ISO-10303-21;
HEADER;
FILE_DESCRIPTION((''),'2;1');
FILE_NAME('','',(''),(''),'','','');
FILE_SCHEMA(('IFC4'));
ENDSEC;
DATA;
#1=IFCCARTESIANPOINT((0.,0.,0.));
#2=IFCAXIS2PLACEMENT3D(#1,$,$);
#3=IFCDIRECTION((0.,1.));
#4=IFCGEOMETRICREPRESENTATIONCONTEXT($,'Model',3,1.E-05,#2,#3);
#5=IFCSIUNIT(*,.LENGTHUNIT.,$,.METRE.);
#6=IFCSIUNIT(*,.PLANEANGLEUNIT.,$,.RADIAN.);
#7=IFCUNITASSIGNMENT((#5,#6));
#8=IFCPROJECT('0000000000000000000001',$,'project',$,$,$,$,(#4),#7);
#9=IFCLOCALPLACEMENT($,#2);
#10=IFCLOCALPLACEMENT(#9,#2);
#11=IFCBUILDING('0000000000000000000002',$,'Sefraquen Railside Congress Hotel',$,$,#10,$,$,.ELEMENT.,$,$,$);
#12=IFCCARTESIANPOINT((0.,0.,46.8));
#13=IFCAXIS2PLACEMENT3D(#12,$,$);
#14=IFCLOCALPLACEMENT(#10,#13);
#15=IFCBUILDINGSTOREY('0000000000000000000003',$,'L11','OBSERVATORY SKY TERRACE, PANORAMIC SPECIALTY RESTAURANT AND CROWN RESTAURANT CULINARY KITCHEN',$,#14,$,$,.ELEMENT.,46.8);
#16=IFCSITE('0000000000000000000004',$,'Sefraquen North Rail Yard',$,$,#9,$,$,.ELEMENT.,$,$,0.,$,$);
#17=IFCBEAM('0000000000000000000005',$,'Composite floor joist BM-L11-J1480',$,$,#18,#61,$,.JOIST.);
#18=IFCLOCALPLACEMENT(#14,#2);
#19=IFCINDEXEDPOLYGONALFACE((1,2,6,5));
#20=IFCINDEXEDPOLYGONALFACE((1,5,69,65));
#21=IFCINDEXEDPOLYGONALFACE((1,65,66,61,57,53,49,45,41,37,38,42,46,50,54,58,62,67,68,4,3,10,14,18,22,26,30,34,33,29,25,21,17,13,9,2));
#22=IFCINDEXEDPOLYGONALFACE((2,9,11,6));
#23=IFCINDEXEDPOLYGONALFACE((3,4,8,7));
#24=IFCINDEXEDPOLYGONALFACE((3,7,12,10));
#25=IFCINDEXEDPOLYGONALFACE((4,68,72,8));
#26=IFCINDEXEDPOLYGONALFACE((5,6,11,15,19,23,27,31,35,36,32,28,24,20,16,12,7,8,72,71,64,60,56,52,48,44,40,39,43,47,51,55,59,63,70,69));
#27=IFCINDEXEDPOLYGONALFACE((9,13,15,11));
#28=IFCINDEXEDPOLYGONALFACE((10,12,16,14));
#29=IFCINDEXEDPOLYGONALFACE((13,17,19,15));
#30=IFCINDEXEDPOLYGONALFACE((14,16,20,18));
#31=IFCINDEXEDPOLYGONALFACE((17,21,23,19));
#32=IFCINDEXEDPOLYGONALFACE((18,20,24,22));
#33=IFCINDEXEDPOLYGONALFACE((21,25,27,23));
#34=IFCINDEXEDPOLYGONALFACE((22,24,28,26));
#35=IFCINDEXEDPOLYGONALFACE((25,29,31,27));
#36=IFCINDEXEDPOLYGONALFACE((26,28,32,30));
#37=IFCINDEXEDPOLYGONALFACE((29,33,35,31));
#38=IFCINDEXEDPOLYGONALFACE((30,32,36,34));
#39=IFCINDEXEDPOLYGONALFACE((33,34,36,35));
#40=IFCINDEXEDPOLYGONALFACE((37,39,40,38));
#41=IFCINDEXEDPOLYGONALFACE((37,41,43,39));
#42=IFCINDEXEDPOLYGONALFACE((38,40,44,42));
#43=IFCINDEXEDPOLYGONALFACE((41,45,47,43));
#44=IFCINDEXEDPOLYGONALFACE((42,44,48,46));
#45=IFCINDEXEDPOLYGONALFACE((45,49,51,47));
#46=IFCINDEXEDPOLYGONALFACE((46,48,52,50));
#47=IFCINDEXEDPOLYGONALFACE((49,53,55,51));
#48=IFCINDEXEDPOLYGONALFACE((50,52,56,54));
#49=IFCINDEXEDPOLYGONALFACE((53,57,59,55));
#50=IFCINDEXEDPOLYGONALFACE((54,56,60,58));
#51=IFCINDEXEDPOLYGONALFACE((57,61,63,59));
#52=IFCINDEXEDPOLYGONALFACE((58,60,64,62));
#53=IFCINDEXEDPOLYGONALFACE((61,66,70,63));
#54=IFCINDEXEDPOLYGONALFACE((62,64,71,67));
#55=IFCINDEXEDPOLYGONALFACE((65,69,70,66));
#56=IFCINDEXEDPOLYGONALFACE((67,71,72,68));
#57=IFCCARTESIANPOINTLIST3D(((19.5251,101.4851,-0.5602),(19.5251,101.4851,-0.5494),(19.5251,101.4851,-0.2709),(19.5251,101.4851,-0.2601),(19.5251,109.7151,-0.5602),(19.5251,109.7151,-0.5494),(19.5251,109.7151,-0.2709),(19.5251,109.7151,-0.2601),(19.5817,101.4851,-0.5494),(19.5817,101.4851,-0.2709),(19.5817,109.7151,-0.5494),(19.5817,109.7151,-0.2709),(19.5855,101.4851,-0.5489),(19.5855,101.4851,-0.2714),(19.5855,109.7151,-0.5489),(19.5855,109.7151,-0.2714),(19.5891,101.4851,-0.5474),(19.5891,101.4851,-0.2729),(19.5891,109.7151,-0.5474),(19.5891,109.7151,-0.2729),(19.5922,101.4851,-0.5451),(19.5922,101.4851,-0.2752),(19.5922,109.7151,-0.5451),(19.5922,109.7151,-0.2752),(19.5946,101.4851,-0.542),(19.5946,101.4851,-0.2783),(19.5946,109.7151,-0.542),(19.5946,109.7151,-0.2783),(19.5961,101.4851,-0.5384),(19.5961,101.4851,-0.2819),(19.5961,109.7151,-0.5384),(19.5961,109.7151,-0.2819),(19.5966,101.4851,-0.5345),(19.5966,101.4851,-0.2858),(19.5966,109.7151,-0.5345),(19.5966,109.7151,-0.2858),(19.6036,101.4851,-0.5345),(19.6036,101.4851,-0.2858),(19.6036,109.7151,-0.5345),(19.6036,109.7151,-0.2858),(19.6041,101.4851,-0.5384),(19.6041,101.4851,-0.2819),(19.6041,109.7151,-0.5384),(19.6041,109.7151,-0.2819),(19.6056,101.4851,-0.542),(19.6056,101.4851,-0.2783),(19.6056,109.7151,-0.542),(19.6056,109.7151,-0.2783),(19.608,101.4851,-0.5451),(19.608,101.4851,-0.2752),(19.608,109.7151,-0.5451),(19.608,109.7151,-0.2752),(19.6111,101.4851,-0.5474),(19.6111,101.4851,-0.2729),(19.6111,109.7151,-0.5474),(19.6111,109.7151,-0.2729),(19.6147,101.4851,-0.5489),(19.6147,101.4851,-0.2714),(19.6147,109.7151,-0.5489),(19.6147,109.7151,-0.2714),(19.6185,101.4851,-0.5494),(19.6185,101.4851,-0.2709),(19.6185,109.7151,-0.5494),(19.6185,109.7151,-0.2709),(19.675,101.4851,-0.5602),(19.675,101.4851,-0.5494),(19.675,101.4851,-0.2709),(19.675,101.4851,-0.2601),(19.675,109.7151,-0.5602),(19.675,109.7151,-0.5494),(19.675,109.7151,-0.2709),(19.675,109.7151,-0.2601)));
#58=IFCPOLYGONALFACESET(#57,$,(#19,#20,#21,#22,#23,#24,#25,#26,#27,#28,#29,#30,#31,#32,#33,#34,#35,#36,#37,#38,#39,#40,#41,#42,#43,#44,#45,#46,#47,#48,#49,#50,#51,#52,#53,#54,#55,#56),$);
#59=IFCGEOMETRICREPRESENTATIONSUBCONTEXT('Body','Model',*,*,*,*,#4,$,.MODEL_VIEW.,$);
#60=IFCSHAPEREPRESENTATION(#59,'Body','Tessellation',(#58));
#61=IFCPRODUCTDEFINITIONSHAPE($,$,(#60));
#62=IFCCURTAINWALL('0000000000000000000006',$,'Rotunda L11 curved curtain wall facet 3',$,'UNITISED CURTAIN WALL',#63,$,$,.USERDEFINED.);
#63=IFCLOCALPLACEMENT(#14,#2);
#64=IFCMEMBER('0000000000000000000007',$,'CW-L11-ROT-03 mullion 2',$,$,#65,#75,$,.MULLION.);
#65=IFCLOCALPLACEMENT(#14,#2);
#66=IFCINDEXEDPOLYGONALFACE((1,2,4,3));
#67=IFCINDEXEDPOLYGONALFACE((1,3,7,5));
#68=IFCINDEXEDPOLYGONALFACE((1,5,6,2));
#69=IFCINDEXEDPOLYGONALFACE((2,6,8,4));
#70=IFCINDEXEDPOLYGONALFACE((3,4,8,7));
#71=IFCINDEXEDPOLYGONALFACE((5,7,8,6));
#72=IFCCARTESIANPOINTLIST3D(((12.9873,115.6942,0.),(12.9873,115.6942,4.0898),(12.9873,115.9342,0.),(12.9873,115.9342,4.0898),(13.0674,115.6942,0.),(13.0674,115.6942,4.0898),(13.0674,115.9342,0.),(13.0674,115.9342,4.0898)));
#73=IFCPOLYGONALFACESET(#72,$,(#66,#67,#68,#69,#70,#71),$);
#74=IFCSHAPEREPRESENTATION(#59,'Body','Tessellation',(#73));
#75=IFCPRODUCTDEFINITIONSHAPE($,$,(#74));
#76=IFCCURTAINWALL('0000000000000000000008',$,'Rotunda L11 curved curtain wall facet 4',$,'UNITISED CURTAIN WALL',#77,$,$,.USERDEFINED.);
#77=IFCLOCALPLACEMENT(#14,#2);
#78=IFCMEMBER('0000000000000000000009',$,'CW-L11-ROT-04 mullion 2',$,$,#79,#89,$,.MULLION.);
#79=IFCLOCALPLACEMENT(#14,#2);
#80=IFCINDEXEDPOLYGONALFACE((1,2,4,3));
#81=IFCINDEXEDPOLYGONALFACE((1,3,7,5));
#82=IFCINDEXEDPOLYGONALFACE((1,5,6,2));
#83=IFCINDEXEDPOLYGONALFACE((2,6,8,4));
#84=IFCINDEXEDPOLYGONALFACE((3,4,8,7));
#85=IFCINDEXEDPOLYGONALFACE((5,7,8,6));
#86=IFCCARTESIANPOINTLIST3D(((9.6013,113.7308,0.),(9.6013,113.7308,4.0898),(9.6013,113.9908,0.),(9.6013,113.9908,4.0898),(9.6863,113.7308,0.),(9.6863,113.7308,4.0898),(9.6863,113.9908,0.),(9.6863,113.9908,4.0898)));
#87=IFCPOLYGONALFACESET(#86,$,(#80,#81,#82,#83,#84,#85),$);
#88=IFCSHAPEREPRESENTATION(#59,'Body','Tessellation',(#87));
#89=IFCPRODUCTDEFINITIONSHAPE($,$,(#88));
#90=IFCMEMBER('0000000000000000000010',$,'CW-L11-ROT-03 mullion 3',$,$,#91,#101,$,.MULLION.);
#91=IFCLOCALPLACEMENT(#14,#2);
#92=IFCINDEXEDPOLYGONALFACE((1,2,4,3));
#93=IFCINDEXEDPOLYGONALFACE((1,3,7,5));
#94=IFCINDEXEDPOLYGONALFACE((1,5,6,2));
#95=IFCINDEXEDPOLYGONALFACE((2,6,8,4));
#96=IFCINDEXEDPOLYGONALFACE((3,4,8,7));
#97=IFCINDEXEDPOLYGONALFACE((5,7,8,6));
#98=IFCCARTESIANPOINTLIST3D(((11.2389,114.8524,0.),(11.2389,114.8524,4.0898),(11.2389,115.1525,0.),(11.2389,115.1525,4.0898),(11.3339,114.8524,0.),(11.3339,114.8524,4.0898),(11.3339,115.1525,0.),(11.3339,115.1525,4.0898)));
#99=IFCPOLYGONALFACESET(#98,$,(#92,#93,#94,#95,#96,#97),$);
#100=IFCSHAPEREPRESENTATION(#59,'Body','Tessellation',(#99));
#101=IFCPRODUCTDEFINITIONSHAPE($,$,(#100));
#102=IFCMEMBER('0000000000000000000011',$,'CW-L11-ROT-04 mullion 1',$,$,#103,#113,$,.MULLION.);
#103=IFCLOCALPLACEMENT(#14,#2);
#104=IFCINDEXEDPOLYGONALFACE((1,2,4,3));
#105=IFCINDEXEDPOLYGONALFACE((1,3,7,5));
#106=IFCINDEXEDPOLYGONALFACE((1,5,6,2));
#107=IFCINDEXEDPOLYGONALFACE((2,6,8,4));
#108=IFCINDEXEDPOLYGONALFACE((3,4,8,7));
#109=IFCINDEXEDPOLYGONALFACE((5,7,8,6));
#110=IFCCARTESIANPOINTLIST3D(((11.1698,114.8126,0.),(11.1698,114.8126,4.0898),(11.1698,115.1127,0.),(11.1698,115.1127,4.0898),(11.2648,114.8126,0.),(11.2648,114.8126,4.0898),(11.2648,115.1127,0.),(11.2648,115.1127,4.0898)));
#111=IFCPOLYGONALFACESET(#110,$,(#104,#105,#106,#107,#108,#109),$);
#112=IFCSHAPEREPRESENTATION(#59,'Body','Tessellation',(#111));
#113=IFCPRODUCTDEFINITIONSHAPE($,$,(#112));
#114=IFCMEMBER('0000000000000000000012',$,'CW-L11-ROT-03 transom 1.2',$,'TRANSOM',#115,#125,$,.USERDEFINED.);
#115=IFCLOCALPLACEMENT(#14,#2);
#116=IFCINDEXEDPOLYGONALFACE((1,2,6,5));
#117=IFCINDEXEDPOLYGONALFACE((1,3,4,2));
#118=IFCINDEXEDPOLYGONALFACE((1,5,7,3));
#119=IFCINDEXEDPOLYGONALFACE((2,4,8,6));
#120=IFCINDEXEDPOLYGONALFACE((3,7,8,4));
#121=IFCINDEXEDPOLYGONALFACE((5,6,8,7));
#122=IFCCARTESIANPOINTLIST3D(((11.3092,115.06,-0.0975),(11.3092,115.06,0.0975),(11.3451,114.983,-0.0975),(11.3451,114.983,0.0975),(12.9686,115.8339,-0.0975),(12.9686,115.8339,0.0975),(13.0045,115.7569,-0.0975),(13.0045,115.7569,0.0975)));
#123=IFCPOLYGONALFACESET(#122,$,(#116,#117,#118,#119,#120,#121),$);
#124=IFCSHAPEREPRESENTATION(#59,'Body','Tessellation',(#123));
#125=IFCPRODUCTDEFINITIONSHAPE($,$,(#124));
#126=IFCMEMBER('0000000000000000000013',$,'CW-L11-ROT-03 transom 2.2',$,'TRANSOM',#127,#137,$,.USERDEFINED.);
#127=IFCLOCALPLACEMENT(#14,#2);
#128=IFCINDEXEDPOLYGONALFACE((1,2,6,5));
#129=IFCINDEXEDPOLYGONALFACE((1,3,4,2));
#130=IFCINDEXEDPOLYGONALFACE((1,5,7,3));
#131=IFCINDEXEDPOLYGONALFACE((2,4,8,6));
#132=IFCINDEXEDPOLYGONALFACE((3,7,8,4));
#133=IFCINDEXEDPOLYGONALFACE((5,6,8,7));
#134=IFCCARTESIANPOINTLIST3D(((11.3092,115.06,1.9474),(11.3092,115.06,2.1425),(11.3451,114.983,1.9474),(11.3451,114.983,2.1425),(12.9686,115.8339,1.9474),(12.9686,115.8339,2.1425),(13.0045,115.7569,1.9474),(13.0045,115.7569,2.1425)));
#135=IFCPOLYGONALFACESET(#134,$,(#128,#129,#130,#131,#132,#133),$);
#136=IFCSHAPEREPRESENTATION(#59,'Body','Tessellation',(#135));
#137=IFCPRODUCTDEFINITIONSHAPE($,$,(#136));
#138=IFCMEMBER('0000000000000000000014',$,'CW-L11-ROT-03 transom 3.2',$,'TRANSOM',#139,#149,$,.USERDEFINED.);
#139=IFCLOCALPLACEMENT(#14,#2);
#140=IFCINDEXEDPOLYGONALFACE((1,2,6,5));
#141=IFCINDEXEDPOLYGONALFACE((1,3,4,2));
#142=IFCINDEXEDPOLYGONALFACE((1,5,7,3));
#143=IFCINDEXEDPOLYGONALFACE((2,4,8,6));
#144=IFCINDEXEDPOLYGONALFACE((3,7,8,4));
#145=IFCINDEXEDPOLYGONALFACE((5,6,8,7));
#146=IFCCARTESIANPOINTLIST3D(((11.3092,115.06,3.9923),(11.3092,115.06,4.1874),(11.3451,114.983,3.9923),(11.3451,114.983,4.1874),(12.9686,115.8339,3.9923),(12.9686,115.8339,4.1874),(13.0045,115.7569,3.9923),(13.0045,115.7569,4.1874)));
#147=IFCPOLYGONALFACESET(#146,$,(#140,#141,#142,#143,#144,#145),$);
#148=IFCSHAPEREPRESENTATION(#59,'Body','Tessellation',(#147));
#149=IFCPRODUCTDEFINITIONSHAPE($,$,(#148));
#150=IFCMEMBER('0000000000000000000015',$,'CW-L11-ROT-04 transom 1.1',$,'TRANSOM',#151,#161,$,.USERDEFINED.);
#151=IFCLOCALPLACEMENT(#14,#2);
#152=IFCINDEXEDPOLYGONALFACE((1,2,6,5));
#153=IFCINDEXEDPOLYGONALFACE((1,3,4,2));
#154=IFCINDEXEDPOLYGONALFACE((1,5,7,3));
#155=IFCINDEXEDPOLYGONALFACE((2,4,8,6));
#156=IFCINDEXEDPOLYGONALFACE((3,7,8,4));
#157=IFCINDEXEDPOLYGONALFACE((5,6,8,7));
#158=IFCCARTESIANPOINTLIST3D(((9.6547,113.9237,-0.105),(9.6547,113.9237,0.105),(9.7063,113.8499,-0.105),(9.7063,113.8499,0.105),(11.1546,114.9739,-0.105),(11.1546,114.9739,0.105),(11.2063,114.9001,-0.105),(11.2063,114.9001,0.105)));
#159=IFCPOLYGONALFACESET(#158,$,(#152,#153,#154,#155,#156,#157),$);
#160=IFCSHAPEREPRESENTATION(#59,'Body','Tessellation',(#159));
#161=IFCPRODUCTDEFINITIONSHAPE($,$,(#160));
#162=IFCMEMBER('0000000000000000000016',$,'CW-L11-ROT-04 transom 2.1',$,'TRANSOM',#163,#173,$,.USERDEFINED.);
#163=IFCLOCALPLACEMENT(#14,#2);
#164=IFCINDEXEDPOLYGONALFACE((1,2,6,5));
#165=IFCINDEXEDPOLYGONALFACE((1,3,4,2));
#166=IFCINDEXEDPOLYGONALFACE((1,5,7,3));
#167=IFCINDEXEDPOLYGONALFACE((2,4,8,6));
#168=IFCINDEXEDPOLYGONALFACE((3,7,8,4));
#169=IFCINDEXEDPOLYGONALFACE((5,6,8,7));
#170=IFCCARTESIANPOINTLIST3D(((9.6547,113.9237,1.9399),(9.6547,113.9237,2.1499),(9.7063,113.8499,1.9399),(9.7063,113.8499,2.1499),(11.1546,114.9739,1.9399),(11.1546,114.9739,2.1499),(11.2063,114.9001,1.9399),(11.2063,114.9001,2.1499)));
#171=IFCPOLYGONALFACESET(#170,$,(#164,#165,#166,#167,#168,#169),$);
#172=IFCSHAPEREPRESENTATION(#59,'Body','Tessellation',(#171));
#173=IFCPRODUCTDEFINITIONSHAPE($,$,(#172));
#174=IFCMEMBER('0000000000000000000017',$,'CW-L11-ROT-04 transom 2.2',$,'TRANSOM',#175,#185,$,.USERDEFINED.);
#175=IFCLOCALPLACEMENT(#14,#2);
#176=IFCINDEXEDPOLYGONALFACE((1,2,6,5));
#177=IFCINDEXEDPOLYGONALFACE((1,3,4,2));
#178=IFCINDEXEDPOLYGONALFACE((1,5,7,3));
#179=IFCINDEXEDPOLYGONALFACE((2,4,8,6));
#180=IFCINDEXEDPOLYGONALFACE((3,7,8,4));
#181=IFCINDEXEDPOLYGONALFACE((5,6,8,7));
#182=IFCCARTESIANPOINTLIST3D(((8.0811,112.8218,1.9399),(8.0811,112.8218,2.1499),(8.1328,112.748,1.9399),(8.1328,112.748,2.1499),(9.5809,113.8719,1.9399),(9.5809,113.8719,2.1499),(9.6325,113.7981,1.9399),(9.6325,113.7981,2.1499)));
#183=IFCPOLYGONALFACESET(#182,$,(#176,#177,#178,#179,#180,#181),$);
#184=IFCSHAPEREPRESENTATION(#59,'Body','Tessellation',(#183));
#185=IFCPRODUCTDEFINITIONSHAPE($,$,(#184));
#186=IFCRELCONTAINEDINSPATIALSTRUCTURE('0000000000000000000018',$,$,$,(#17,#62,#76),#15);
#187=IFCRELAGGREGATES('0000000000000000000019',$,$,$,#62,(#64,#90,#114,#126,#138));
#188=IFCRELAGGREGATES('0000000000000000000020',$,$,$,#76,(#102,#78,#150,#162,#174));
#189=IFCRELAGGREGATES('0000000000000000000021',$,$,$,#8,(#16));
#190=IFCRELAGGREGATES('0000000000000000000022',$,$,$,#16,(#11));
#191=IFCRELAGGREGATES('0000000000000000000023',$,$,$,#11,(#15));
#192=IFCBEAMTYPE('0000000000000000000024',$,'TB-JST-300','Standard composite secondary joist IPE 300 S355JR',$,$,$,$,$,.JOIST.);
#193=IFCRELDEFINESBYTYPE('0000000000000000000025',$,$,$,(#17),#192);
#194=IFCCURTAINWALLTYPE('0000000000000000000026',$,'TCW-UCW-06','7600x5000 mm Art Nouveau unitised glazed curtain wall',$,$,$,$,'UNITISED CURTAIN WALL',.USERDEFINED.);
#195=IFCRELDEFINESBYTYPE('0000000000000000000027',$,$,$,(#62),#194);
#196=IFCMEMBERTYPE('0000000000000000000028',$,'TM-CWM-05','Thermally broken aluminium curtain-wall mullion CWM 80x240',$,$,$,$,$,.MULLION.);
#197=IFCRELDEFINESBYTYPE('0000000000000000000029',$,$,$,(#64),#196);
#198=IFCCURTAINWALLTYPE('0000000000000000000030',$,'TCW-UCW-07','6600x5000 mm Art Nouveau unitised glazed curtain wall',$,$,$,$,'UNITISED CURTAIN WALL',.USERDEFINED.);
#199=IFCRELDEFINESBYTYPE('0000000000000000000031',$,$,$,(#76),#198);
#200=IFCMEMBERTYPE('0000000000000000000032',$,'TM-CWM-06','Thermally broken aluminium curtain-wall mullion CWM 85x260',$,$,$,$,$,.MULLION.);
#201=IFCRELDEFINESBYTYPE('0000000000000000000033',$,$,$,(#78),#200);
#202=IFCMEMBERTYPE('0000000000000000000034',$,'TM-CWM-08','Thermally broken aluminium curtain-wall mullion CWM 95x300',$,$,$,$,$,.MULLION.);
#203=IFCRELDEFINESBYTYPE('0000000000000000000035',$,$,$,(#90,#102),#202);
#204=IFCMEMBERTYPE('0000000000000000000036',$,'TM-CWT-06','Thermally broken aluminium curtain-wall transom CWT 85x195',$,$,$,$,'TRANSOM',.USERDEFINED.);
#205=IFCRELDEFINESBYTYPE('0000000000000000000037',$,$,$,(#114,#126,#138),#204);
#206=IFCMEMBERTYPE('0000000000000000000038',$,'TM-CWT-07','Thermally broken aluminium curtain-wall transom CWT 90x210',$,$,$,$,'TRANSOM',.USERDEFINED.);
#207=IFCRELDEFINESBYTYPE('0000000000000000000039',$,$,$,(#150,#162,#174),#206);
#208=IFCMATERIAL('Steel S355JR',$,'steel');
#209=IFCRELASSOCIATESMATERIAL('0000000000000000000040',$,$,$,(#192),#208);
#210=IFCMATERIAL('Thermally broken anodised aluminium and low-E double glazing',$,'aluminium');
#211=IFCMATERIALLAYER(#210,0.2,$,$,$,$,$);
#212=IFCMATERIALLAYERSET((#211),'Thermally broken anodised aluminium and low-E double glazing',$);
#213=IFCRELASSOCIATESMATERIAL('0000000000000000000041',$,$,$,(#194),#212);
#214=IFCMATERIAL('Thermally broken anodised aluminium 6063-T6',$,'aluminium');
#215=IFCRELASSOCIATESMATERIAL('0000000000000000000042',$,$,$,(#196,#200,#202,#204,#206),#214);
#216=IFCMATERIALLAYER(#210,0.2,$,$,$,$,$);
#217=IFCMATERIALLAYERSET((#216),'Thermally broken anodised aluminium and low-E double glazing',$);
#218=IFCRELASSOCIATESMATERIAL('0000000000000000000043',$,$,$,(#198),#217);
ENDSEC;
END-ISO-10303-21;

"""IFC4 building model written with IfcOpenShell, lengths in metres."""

from ifc_helpers import new_model, si_unit, direction, frame, origin, origin_2d, place, context, subcontext, project, spatial, rectangle, i_section, extrude, material, layer, layer_set, material_profile, profile_set, type_object, element, aggregate, save


model = new_model("IFC4")

# Units and contexts
model_context = context("Model", 3, precision=1e-05, world=origin(), true_north=direction((0.0, 1.0)))
body_context = subcontext(model_context, "Body", "Model", "MODEL_VIEW")
ifc_project = project(units=[si_unit("LENGTHUNIT", "METRE"), si_unit("PLANEANGLEUNIT", "RADIAN")], contexts=[model_context])

# Site, building, storey
site_placement = place(None, origin())
site = spatial("IfcSite", under=ifc_project, at=site_placement, Name="Sefraquen North Rail Yard", CompositionType="ELEMENT", RefElevation=0.0)
building_placement = place(site_placement, origin())
building = spatial("IfcBuilding", under=site, at=building_placement, Name="Sefraquen Railside Congress Hotel", CompositionType="ELEMENT")
storey_placement = place(building_placement, frame((0.0, 0.0, 46.8)))
storey = spatial("IfcBuildingStorey", under=building, at=storey_placement, Name="L11", Description="OBSERVATORY SKY TERRACE, PANORAMIC SPECIALTY RESTAURANT AND CROWN RESTAURANT CULINARY KITCHEN", CompositionType="ELEMENT", Elevation=46.8)

# Shared definitions
ifc_material_1 = material(Name="Steel S355JR", Category="steel")

# Beam
ifc_material_profile_1 = material_profile(ifc_material_1, i_section(OverallWidth=0.1499, OverallDepth=0.3, WebThickness=0.0071, FlangeThickness=0.0107, FilletRadius=0.0149, at=origin_2d()), Name="IPE 300")
ifc_profile_set_1 = profile_set([ifc_material_profile_1], Name="Steel S355JR")
beam_type_1 = type_object("IfcBeamType", Name="TB-JST-300", Description="Standard composite secondary joist IPE 300 S355JR", PredefinedType="JOIST", material=ifc_profile_set_1)
for number, where, z_axis, x_axis, name in (
    (1, (19.6001, 101.4851, -0.4102), (0.0, 1.0, 0.0), (-1.0, 0.0, 0.0), "Composite floor joist BM-L11-J1480"),
):
    element("IfcBeam", number, at=place(storey_placement, frame(where, z_axis=z_axis, x_axis=x_axis)), inside=storey, type_object=beam_type_1, Name=name, PredefinedType="JOIST", context=body_context, shape_type="SweptSolid", body=[
        extrude(i_section(OverallWidth=0.1499, OverallDepth=0.3, WebThickness=0.0071, FlangeThickness=0.0107, FilletRadius=0.0149, at=origin_2d()), origin(), (0.0, 0.0, 1.0), 8.23),
    ])

# Curtain walls, members
ifc_material_2 = material(Name="Thermally broken anodised aluminium and low-E double glazing", Category="aluminium")
ifc_layer_1 = layer(ifc_material_2, 0.2)
ifc_layer_set_1 = layer_set([ifc_layer_1], Name="Thermally broken anodised aluminium and low-E double glazing")
curtain_wall_type_1 = type_object("IfcCurtainWallType", Name="TCW-UCW-06", Description="7600x5000 mm Art Nouveau unitised glazed curtain wall", ElementType="UNITISED CURTAIN WALL", PredefinedType="USERDEFINED", material=ifc_layer_set_1)
curtain_wall_1_placement = place(storey_placement, origin())
curtain_wall_1 = element("IfcCurtainWall", 2, at=curtain_wall_1_placement, inside=storey, type_object=curtain_wall_type_1, Name="Rotunda L11 curved curtain wall facet 3", ObjectType="UNITISED CURTAIN WALL", PredefinedType="USERDEFINED")
ifc_material_3 = material(Name="Thermally broken anodised aluminium 6063-T6", Category="aluminium")
ifc_material_profile_2 = material_profile(ifc_material_3, rectangle(XDim=0.0801, YDim=0.24, at=origin_2d()), Name="CWM 80x240")
ifc_profile_set_2 = profile_set([ifc_material_profile_2], Name="Thermally broken anodised aluminium 6063-T6")
member_type_1 = type_object("IfcMemberType", Name="TM-CWM-05", Description="Thermally broken aluminium curtain-wall mullion CWM 80x240", PredefinedType="MULLION", material=ifc_profile_set_2)
member_1_placement = place(storey_placement, frame((13.0273, 115.8142, 0.0), z_axis=(0.0, 0.0, 1.0), x_axis=(1.0, 0.0, 0.0)))
member_1 = element("IfcMember", 3, at=member_1_placement, type_object=member_type_1, Name="CW-L11-ROT-03 mullion 2", PredefinedType="MULLION", context=body_context, shape_type="SweptSolid", body=[
    extrude(rectangle(XDim=0.0801, YDim=0.24, at=origin_2d()), origin(), (0.0, 0.0, 1.0), 4.0898),
])
ifc_layer_2 = layer(ifc_material_2, 0.2)
ifc_layer_set_2 = layer_set([ifc_layer_2], Name="Thermally broken anodised aluminium and low-E double glazing")
curtain_wall_type_2 = type_object("IfcCurtainWallType", Name="TCW-UCW-07", Description="6600x5000 mm Art Nouveau unitised glazed curtain wall", ElementType="UNITISED CURTAIN WALL", PredefinedType="USERDEFINED", material=ifc_layer_set_2)
curtain_wall_2_placement = place(storey_placement, origin())
curtain_wall_2 = element("IfcCurtainWall", 4, at=curtain_wall_2_placement, inside=storey, type_object=curtain_wall_type_2, Name="Rotunda L11 curved curtain wall facet 4", ObjectType="UNITISED CURTAIN WALL", PredefinedType="USERDEFINED")
ifc_material_profile_3 = material_profile(ifc_material_3, rectangle(XDim=0.085, YDim=0.26, at=origin_2d()), Name="CWM 85x260")
ifc_profile_set_3 = profile_set([ifc_material_profile_3], Name="Thermally broken anodised aluminium 6063-T6")
member_type_2 = type_object("IfcMemberType", Name="TM-CWM-06", Description="Thermally broken aluminium curtain-wall mullion CWM 85x260", PredefinedType="MULLION", material=ifc_profile_set_3)
member_2_placement = place(storey_placement, frame((9.6438, 113.8608, 0.0), z_axis=(0.0, 0.0, 1.0), x_axis=(1.0, 0.0, 0.0)))
member_2 = element("IfcMember", 5, at=member_2_placement, type_object=member_type_2, Name="CW-L11-ROT-04 mullion 2", PredefinedType="MULLION", context=body_context, shape_type="SweptSolid", body=[
    extrude(rectangle(XDim=0.085, YDim=0.26, at=origin_2d()), origin(), (0.0, 0.0, 1.0), 4.0898),
])

# Members
ifc_material_profile_4 = material_profile(ifc_material_3, rectangle(XDim=0.095, YDim=0.3, at=origin_2d()), Name="CWM 95x300")
ifc_profile_set_4 = profile_set([ifc_material_profile_4], Name="Thermally broken anodised aluminium 6063-T6")
member_type_3 = type_object("IfcMemberType", Name="TM-CWM-08", Description="Thermally broken aluminium curtain-wall mullion CWM 95x300", PredefinedType="MULLION", material=ifc_profile_set_4)
member_3_placement = place(storey_placement, frame((11.2864, 115.0024, 0.0), z_axis=(0.0, 0.0, 1.0), x_axis=(1.0, 0.0, 0.0)))
member_3 = element("IfcMember", 6, at=member_3_placement, type_object=member_type_3, Name="CW-L11-ROT-03 mullion 3", PredefinedType="MULLION", context=body_context, shape_type="SweptSolid", body=[
    extrude(rectangle(XDim=0.095, YDim=0.3, at=origin_2d()), origin(), (0.0, 0.0, 1.0), 4.0898),
])
member_4_placement = place(storey_placement, frame((11.2173, 114.9626, 0.0), z_axis=(0.0, 0.0, 1.0), x_axis=(1.0, 0.0, 0.0)))
member_4 = element("IfcMember", 7, at=member_4_placement, type_object=member_type_3, Name="CW-L11-ROT-04 mullion 1", PredefinedType="MULLION", context=body_context, shape_type="SweptSolid", body=[
    extrude(rectangle(XDim=0.095, YDim=0.3, at=origin_2d()), origin(), (0.0, 0.0, 1.0), 4.0898),
])
ifc_material_profile_5 = material_profile(ifc_material_3, rectangle(XDim=0.085, YDim=0.1951, at=origin_2d()), Name="CWT 85x195")
ifc_profile_set_5 = profile_set([ifc_material_profile_5], Name="Thermally broken anodised aluminium 6063-T6")
member_type_4 = type_object("IfcMemberType", Name="TM-CWT-06", Description="Thermally broken aluminium curtain-wall transom CWT 85x195", ElementType="TRANSOM", PredefinedType="USERDEFINED", material=ifc_profile_set_5)
member_5_placement = place(storey_placement, frame((12.9866, 115.7954, 0.0), z_axis=(-0.906282, -0.422674, 0.0), x_axis=(0.422674, -0.906282, 0.0)))
member_5 = element("IfcMember", 8, at=member_5_placement, type_object=member_type_4, Name="CW-L11-ROT-03 transom 1.2", ObjectType="TRANSOM", PredefinedType="USERDEFINED", context=body_context, shape_type="SweptSolid", body=[
    extrude(rectangle(XDim=0.085, YDim=0.1951, at=origin_2d()), origin(), (0.0, 0.0, 1.0), 1.8311),
])
member_6_placement = place(storey_placement, frame((12.9866, 115.7954, 2.0449), z_axis=(-0.906282, -0.422674, 0.0), x_axis=(0.422674, -0.906282, 0.0)))
member_6 = element("IfcMember", 9, at=member_6_placement, type_object=member_type_4, Name="CW-L11-ROT-03 transom 2.2", ObjectType="TRANSOM", PredefinedType="USERDEFINED", context=body_context, shape_type="SweptSolid", body=[
    extrude(rectangle(XDim=0.085, YDim=0.1951, at=origin_2d()), origin(), (0.0, 0.0, 1.0), 1.8311),
])
member_7_placement = place(storey_placement, frame((12.9866, 115.7954, 4.0898), z_axis=(-0.906282, -0.422674, 0.0), x_axis=(0.422674, -0.906282, 0.0)))
member_7 = element("IfcMember", 10, at=member_7_placement, type_object=member_type_4, Name="CW-L11-ROT-03 transom 3.2", ObjectType="TRANSOM", PredefinedType="USERDEFINED", context=body_context, shape_type="SweptSolid", body=[
    extrude(rectangle(XDim=0.085, YDim=0.1951, at=origin_2d()), origin(), (0.0, 0.0, 1.0), 1.8311),
])
ifc_material_profile_6 = material_profile(ifc_material_3, rectangle(XDim=0.0901, YDim=0.21, at=origin_2d()), Name="CWT 90x210")
ifc_profile_set_6 = profile_set([ifc_material_profile_6], Name="Thermally broken anodised aluminium 6063-T6")
member_type_5 = type_object("IfcMemberType", Name="TM-CWT-07", Description="Thermally broken aluminium curtain-wall transom CWT 90x210", ElementType="TRANSOM", PredefinedType="USERDEFINED", material=ifc_profile_set_6)
member_8_placement = place(storey_placement, frame((11.1804, 114.937, 0.0), z_axis=(-0.819157, -0.57357, 0.0), x_axis=(0.57357, -0.819157, 0.0)))
member_8 = element("IfcMember", 11, at=member_8_placement, type_object=member_type_5, Name="CW-L11-ROT-04 transom 1.1", ObjectType="TRANSOM", PredefinedType="USERDEFINED", context=body_context, shape_type="SweptSolid", body=[
    extrude(rectangle(XDim=0.0901, YDim=0.21, at=origin_2d()), origin(), (0.0, 0.0, 1.0), 1.8311),
])
member_9_placement = place(storey_placement, frame((11.1804, 114.937, 2.0449), z_axis=(-0.819157, -0.57357, 0.0), x_axis=(0.57357, -0.819157, 0.0)))
member_9 = element("IfcMember", 12, at=member_9_placement, type_object=member_type_5, Name="CW-L11-ROT-04 transom 2.1", ObjectType="TRANSOM", PredefinedType="USERDEFINED", context=body_context, shape_type="SweptSolid", body=[
    extrude(rectangle(XDim=0.0901, YDim=0.21, at=origin_2d()), origin(), (0.0, 0.0, 1.0), 1.8311),
])
member_10_placement = place(storey_placement, frame((9.6067, 113.835, 2.0449), z_axis=(-0.819176, -0.573543, 0.0), x_axis=(0.573543, -0.819176, 0.0)))
member_10 = element("IfcMember", 13, at=member_10_placement, type_object=member_type_5, Name="CW-L11-ROT-04 transom 2.2", ObjectType="TRANSOM", PredefinedType="USERDEFINED", context=body_context, shape_type="SweptSolid", body=[
    extrude(rectangle(XDim=0.0901, YDim=0.21, at=origin_2d()), origin(), (0.0, 0.0, 1.0), 1.8308),
])

aggregate(curtain_wall_1, [member_1, member_3, member_5, member_6, member_7])
aggregate(curtain_wall_2, [member_4, member_2, member_8, member_9, member_10])

save(model, "model.ifc")
